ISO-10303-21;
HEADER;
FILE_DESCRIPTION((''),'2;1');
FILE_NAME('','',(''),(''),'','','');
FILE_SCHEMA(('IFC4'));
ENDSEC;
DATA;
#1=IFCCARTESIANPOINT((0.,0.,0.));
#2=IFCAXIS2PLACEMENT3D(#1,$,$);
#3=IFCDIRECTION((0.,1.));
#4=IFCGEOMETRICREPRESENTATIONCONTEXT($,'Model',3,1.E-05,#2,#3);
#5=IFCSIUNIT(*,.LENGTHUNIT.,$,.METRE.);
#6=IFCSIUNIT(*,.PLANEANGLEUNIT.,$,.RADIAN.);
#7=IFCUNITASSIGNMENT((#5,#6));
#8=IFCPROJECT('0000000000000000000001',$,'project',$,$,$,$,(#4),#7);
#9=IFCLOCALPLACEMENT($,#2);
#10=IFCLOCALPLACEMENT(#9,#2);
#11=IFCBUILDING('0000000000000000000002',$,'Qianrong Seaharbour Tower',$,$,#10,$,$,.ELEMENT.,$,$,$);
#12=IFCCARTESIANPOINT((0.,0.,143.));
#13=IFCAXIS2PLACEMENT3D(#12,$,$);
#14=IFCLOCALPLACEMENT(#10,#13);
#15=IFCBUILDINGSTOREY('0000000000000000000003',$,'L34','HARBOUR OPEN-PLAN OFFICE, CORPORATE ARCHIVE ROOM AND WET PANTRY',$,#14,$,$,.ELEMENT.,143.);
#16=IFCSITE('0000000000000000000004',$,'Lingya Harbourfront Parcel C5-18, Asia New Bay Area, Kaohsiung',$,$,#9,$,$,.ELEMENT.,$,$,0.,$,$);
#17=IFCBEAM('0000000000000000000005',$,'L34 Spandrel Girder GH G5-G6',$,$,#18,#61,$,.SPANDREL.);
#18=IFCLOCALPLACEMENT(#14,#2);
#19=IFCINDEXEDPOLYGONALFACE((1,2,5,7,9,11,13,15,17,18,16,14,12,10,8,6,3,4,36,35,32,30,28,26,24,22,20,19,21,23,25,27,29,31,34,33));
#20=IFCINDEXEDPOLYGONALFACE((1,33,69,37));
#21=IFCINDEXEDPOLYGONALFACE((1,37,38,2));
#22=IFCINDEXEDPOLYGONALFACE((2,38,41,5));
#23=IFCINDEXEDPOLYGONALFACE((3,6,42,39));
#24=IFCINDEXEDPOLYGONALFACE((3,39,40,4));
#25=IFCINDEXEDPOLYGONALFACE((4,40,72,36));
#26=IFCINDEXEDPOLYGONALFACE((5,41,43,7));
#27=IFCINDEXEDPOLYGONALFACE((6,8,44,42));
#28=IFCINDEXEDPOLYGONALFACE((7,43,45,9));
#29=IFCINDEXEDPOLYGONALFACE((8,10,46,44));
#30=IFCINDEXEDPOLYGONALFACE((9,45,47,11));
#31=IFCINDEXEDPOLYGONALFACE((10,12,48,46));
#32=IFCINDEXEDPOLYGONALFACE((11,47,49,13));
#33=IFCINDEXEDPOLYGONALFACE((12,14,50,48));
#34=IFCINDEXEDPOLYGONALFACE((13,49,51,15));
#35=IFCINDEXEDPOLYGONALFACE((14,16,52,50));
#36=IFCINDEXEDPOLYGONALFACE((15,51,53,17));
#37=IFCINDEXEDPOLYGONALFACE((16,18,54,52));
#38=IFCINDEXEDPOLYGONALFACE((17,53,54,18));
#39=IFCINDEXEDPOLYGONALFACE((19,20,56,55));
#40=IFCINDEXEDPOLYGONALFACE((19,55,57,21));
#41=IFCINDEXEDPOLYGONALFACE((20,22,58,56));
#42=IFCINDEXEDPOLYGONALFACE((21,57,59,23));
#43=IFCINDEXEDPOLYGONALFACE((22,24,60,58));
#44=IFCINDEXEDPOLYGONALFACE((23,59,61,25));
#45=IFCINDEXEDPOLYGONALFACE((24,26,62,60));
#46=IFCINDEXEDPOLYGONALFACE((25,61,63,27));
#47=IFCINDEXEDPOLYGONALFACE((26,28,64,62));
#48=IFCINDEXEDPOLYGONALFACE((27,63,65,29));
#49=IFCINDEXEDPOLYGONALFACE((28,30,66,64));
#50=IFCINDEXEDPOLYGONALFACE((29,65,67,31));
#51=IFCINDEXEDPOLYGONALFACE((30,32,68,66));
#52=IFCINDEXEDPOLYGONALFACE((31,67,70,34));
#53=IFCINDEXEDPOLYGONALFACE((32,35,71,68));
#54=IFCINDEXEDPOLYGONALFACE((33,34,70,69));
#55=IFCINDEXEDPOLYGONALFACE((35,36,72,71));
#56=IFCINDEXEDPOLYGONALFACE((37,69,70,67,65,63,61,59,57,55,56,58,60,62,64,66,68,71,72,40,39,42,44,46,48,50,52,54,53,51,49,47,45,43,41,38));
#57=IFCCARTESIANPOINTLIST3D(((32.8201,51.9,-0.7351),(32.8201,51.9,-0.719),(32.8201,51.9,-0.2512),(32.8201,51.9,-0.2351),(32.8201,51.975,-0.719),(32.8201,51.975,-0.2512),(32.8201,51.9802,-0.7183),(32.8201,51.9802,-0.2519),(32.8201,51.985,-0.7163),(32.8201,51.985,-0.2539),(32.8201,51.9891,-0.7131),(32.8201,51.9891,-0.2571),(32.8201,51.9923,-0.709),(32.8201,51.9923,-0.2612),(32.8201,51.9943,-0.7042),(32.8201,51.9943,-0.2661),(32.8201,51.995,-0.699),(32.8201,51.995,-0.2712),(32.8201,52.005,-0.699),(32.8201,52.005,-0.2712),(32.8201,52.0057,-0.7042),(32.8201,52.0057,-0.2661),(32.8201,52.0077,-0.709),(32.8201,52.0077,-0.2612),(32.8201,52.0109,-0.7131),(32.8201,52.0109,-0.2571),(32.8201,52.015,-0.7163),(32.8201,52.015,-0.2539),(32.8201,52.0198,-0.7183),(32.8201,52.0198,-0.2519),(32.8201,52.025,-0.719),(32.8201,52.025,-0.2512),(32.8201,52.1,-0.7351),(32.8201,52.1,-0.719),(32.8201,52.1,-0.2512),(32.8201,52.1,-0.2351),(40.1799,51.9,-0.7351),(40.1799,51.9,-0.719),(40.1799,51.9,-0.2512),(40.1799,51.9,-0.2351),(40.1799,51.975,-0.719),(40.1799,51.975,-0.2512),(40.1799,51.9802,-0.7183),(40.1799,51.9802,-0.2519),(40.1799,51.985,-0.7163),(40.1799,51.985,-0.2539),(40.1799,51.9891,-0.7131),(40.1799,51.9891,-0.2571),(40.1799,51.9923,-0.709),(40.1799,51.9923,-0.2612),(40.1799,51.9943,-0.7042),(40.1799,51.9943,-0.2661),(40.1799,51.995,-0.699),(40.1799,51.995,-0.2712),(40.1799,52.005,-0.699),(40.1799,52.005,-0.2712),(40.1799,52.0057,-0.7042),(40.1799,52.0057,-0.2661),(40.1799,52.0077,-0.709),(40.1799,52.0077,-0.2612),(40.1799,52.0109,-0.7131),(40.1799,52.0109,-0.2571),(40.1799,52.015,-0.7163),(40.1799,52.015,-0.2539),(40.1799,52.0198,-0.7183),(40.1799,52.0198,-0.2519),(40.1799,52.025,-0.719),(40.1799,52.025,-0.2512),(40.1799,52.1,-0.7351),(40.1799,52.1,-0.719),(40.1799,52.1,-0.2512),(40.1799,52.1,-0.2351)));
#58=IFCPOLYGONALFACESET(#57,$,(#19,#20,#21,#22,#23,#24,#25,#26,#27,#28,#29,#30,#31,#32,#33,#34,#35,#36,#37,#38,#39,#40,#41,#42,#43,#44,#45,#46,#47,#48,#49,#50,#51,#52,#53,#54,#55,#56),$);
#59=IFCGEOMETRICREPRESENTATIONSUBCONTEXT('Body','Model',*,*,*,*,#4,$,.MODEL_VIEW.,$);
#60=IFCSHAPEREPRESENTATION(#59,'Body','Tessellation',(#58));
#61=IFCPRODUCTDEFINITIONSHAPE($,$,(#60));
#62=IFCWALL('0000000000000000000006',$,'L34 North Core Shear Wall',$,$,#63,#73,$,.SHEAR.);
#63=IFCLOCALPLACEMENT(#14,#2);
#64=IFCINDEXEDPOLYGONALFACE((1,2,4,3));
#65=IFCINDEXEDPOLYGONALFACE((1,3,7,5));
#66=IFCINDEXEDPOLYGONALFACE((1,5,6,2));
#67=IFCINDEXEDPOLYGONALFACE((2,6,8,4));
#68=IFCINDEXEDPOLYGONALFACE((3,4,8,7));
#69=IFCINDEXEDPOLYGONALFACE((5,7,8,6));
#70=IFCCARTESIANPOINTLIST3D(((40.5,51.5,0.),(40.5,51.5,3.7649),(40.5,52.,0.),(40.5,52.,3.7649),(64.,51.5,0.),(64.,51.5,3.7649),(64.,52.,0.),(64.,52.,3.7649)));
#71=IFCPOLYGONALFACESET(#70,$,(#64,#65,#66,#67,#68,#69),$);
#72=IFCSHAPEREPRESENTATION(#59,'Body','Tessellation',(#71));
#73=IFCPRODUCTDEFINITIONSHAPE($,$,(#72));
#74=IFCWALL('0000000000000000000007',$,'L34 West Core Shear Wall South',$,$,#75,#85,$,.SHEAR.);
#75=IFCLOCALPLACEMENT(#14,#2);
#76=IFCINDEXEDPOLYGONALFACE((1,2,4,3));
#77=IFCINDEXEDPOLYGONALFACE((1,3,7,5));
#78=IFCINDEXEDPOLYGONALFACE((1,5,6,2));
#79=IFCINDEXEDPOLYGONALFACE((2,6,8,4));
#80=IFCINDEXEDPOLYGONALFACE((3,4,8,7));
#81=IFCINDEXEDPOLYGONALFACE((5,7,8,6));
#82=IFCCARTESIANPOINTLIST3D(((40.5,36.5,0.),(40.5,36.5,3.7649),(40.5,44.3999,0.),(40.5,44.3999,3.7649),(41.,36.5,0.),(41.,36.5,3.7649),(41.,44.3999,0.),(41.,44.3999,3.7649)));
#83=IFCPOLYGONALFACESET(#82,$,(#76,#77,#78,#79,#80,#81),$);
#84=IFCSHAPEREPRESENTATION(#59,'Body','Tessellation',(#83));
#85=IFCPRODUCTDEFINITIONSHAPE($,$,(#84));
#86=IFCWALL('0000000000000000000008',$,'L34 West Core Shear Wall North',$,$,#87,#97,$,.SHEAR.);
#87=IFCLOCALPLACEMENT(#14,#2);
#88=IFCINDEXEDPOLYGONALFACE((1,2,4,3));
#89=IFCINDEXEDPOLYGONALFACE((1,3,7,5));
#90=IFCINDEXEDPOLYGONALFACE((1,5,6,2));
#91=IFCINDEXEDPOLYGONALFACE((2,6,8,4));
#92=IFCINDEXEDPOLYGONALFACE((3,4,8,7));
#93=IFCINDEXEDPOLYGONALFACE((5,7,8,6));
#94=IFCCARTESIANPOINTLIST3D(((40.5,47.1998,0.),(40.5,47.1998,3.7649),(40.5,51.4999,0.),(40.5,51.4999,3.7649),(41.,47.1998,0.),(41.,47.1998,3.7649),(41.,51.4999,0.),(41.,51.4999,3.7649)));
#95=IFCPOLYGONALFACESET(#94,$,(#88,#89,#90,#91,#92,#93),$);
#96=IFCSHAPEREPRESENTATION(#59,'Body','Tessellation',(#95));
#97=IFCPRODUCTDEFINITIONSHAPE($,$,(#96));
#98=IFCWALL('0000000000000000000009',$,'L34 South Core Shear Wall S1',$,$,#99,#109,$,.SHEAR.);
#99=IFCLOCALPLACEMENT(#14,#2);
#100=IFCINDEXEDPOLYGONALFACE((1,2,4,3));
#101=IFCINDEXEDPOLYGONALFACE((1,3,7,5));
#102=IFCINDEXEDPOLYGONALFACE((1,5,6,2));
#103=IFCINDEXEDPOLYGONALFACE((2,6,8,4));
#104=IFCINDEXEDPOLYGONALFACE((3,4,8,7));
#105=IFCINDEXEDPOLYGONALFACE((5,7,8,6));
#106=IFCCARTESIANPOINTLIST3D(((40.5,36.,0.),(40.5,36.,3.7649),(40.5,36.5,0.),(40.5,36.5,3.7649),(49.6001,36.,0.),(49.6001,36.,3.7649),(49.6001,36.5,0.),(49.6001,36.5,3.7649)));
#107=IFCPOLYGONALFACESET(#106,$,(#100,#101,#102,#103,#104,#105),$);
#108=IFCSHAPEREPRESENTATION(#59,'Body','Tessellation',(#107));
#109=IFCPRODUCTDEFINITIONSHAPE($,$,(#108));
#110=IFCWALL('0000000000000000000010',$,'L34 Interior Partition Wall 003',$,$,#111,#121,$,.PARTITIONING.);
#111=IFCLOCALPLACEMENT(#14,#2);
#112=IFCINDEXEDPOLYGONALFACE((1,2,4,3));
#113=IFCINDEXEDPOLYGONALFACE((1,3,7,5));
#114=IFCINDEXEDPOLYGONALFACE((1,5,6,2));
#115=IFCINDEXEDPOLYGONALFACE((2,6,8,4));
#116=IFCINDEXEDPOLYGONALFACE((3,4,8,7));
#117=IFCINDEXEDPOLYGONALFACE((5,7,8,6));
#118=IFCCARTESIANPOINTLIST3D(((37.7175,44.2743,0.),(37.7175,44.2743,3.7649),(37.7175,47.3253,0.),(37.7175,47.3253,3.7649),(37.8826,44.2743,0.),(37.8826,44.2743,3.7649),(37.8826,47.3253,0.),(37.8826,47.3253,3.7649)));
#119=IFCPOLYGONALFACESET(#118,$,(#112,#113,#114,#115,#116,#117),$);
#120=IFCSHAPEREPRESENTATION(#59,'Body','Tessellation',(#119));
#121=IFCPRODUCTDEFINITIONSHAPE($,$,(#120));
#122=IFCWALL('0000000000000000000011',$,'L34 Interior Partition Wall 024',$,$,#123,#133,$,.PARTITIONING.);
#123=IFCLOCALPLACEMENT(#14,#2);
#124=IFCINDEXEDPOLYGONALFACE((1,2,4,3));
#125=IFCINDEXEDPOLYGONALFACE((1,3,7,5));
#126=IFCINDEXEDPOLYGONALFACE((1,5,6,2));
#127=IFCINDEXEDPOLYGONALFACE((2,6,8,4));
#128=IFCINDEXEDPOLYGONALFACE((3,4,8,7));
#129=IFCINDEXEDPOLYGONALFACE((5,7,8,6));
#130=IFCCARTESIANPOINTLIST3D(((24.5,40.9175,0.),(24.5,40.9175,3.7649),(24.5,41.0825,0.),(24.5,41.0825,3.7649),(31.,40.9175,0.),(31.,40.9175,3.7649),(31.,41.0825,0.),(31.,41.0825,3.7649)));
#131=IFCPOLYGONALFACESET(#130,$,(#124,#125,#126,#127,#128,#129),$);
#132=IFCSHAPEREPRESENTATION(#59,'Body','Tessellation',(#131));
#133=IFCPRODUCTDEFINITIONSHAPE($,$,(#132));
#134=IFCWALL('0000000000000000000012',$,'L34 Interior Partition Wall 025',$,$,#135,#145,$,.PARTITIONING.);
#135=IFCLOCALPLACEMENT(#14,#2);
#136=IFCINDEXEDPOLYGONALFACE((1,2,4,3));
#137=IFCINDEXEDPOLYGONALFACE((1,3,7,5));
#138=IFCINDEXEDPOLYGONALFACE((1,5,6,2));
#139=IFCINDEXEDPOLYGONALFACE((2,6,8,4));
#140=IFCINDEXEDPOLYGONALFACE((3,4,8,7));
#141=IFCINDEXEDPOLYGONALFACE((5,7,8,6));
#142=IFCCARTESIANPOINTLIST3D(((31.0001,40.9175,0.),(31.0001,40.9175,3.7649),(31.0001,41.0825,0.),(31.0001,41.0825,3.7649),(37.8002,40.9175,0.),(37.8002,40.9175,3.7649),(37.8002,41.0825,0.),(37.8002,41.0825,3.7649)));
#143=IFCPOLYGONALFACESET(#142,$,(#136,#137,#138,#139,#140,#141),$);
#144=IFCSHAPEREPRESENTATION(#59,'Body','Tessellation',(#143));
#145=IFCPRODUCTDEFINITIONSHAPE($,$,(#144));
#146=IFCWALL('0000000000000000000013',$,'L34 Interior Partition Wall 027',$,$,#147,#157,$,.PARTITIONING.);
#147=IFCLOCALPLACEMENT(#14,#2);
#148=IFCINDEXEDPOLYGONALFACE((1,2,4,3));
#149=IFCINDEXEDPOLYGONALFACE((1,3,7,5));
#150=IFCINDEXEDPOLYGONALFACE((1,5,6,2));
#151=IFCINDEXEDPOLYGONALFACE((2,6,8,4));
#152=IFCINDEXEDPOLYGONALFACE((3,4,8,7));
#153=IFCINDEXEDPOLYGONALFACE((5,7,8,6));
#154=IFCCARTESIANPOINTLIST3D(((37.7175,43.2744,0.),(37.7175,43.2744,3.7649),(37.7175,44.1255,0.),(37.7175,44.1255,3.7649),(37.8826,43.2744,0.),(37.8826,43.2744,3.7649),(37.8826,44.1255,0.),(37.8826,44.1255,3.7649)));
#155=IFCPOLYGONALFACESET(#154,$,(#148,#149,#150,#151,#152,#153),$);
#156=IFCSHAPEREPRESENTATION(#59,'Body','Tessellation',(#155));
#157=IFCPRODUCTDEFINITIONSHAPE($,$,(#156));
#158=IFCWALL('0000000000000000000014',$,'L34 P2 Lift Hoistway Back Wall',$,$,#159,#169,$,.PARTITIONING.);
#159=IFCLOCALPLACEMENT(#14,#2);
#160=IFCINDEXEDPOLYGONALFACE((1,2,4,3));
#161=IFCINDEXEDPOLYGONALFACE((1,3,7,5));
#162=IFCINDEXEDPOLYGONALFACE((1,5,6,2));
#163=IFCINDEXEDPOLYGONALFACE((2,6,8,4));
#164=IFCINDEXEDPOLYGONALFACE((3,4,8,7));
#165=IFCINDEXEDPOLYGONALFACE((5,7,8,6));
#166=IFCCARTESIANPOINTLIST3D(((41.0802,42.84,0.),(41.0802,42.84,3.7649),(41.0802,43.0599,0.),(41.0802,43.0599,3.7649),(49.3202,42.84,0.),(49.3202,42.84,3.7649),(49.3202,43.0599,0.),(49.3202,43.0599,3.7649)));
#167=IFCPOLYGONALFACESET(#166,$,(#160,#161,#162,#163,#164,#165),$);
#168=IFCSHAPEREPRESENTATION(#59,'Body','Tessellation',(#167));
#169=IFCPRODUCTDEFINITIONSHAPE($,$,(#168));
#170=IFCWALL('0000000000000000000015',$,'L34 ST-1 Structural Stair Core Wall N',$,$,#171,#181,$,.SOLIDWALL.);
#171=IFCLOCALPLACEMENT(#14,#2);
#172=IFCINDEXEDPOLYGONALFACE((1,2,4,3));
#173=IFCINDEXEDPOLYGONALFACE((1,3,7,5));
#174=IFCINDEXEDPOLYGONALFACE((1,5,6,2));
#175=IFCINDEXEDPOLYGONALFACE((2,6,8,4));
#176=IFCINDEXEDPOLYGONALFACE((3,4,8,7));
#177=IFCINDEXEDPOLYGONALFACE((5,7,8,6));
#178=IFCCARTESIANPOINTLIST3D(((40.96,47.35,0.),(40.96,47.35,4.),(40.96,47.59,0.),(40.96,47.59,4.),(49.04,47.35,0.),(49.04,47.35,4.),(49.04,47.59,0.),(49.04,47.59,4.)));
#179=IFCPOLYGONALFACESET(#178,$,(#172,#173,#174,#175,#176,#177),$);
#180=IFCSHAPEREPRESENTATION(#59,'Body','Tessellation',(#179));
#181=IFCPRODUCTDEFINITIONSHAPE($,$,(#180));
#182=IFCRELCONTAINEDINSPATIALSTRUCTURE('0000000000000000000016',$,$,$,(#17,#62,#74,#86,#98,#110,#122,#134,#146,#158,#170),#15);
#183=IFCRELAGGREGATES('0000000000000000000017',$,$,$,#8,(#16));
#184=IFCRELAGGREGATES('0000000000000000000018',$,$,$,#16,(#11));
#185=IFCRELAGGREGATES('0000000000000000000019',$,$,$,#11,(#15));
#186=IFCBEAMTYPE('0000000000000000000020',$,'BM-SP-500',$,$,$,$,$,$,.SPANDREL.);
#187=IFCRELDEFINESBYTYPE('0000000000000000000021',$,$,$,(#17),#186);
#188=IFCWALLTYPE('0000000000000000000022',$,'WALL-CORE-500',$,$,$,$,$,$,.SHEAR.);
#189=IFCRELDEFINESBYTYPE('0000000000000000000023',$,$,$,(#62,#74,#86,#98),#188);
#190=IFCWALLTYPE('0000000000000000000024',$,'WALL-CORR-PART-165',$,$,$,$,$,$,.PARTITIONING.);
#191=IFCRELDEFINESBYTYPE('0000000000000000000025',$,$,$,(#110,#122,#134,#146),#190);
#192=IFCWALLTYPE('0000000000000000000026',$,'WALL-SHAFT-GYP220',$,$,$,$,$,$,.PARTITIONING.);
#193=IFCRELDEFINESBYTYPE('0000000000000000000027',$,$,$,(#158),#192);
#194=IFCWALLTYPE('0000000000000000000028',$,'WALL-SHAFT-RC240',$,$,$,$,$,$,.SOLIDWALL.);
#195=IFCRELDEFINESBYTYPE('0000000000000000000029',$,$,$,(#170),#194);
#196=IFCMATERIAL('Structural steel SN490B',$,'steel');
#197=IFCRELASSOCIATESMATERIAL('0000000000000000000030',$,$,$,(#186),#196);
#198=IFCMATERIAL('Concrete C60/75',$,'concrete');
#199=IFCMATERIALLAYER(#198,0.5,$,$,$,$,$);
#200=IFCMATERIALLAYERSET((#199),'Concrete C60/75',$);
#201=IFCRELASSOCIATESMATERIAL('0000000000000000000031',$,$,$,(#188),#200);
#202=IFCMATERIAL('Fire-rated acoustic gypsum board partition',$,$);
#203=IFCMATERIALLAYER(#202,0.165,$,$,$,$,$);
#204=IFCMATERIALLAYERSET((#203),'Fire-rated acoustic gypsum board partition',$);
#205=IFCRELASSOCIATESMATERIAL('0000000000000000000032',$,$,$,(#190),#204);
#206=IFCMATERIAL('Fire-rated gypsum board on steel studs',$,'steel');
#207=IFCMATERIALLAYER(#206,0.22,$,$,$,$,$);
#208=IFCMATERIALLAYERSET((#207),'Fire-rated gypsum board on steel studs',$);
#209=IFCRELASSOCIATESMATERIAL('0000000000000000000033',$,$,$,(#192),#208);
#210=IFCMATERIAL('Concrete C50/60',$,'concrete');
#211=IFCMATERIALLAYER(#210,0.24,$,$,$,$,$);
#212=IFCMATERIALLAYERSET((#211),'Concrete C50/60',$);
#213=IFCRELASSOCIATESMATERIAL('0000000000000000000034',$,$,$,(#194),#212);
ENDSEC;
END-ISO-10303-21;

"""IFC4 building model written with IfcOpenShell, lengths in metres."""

from ifc_helpers import new_model, si_unit, direction, frame, frame_2d, origin, origin_2d, place, context, subcontext, project, spatial, rectangle, i_section, extrude, material, layer, layer_set, material_profile, profile_set, type_object, element, save


model = new_model("IFC4")

# Units and contexts
model_context = context("Model", 3, precision=1e-05, world=origin(), true_north=direction((0.0, 1.0)))
body_context = subcontext(model_context, "Body", "Model", "MODEL_VIEW")
ifc_project = project(units=[si_unit("LENGTHUNIT", "METRE"), si_unit("PLANEANGLEUNIT", "RADIAN")], contexts=[model_context])

# Site, building, storey
site_placement = place(None, origin())
site = spatial("IfcSite", under=ifc_project, at=site_placement, Name="Lingya Harbourfront Parcel C5-18, Asia New Bay Area, Kaohsiung", CompositionType="ELEMENT", RefElevation=0.0)
building_placement = place(site_placement, origin())
building = spatial("IfcBuilding", under=site, at=building_placement, Name="Qianrong Seaharbour Tower", CompositionType="ELEMENT")
storey_placement = place(building_placement, frame((0.0, 0.0, 143.0)))
storey = spatial("IfcBuildingStorey", under=building, at=storey_placement, Name="L34", Description="HARBOUR OPEN-PLAN OFFICE, CORPORATE ARCHIVE ROOM AND WET PANTRY", CompositionType="ELEMENT", Elevation=143.0)

# Shared definitions
ifc_material_1 = material(Name="Structural steel SN490B", Category="steel")

# Beam
ifc_material_profile_1 = material_profile(ifc_material_1, i_section(OverallWidth=0.2, OverallDepth=0.5, WebThickness=0.01, FlangeThickness=0.0161, FilletRadius=0.02, at=origin_2d()), Name="H500x200x10x16")
ifc_profile_set_1 = profile_set([ifc_material_profile_1], Name="Structural steel SN490B")
beam_type_1 = type_object("IfcBeamType", Name="BM-SP-500", PredefinedType="SPANDREL", material=ifc_profile_set_1)
beam_1_placement = place(storey_placement, frame((32.8201, 52.0, -0.4851), z_axis=(1.0, 0.0, 0.0), x_axis=(0.0, 1.0, 0.0)))
element("IfcBeam", 1, at=beam_1_placement, inside=storey, type_object=beam_type_1, Name="L34 Spandrel Girder GH G5-G6", PredefinedType="SPANDREL", context=body_context, shape_type="SweptSolid", body=[
    extrude(i_section(OverallWidth=0.2, OverallDepth=0.5, WebThickness=0.01, FlangeThickness=0.0161, FilletRadius=0.02, at=origin_2d()), origin(), (0.0, 0.0, 1.0), 7.3599),
])

# Walls
ifc_material_2 = material(Name="Concrete C60/75", Category="concrete")
ifc_layer_1 = layer(ifc_material_2, 0.5)
ifc_layer_set_1 = layer_set([ifc_layer_1], Name="Concrete C60/75")
wall_type_1 = type_object("IfcWallType", Name="WALL-CORE-500", PredefinedType="SHEAR", material=ifc_layer_set_1)
wall_1_placement = place(storey_placement, frame((40.5, 51.75, 0.0), z_axis=(0.0, 0.0, 1.0), x_axis=(1.0, 0.0, 0.0)))
element("IfcWall", 2, at=wall_1_placement, inside=storey, type_object=wall_type_1, Name="L34 North Core Shear Wall", PredefinedType="SHEAR", context=body_context, shape_type="SweptSolid", body=[
    extrude(rectangle(XDim=23.5, YDim=0.5, at=frame_2d((11.75, 0.0))), origin(), (0.0, 0.0, 1.0), 3.7649),
])
wall_2_placement = place(storey_placement, frame((40.75, 36.5, 0.0), z_axis=(0.0, 0.0, 1.0), x_axis=(0.0, 1.0, 0.0)))
element("IfcWall", 3, at=wall_2_placement, inside=storey, type_object=wall_type_1, Name="L34 West Core Shear Wall South", PredefinedType="SHEAR", context=body_context, shape_type="SweptSolid", body=[
    extrude(rectangle(XDim=7.8999, YDim=0.5, at=frame_2d((3.95, 0.0))), origin(), (0.0, 0.0, 1.0), 3.7649),
])
wall_3_placement = place(storey_placement, frame((40.75, 47.2, 0.0), z_axis=(0.0, 0.0, 1.0), x_axis=(0.0, 1.0, 0.0)))
element("IfcWall", 4, at=wall_3_placement, inside=storey, type_object=wall_type_1, Name="L34 West Core Shear Wall North", PredefinedType="SHEAR", context=body_context, shape_type="SweptSolid", body=[
    extrude(rectangle(XDim=4.3, YDim=0.5, at=frame_2d((2.1499, 0.0))), origin(), (0.0, 0.0, 1.0), 3.7649),
])
wall_4_placement = place(storey_placement, frame((40.5, 36.25, 0.0), z_axis=(0.0, 0.0, 1.0), x_axis=(1.0, 0.0, 0.0)))
element("IfcWall", 5, at=wall_4_placement, inside=storey, type_object=wall_type_1, Name="L34 South Core Shear Wall S1", PredefinedType="SHEAR", context=body_context, shape_type="SweptSolid", body=[
    extrude(rectangle(XDim=9.1001, YDim=0.5, at=frame_2d((4.55, 0.0))), origin(), (0.0, 0.0, 1.0), 3.7649),
])

# Shared definitions
ifc_material_3 = material(Name="Fire-rated acoustic gypsum board partition")
ifc_layer_2 = layer(ifc_material_3, 0.165)
ifc_layer_set_2 = layer_set([ifc_layer_2], Name="Fire-rated acoustic gypsum board partition")
wall_type_2 = type_object("IfcWallType", Name="WALL-CORR-PART-165", PredefinedType="PARTITIONING", material=ifc_layer_set_2)

# Walls
wall_5_placement = place(storey_placement, frame((37.8, 44.2744, 0.0), z_axis=(0.0, 0.0, 1.0), x_axis=(0.0, 1.0, 0.0)))
element("IfcWall", 6, at=wall_5_placement, inside=storey, type_object=wall_type_2, Name="L34 Interior Partition Wall 003", PredefinedType="PARTITIONING", context=body_context, shape_type="SweptSolid", body=[
    extrude(rectangle(XDim=3.051, YDim=0.165, at=frame_2d((1.5254, 0.0))), origin(), (0.0, 0.0, 1.0), 3.7649),
])
wall_6_placement = place(storey_placement, frame((31.0, 41.0, 0.0), z_axis=(0.0, 0.0, 1.0), x_axis=(-1.0, 0.0, 0.0)))
element("IfcWall", 7, at=wall_6_placement, inside=storey, type_object=wall_type_2, Name="L34 Interior Partition Wall 024", PredefinedType="PARTITIONING", context=body_context, shape_type="SweptSolid", body=[
    extrude(rectangle(XDim=6.5, YDim=0.165, at=frame_2d((3.25, 0.0))), origin(), (0.0, 0.0, 1.0), 3.7649),
])
wall_7_placement = place(storey_placement, frame((37.8, 41.0, 0.0), z_axis=(0.0, 0.0, 1.0), x_axis=(-1.0, 0.0, 0.0)))
element("IfcWall", 8, at=wall_7_placement, inside=storey, type_object=wall_type_2, Name="L34 Interior Partition Wall 025", PredefinedType="PARTITIONING", context=body_context, shape_type="SweptSolid", body=[
    extrude(rectangle(XDim=6.8, YDim=0.165, at=frame_2d((3.3999, 0.0))), origin(), (0.0, 0.0, 1.0), 3.7649),
])
wall_8_placement = place(storey_placement, frame((37.8, 43.2744, 0.0), z_axis=(0.0, 0.0, 1.0), x_axis=(0.0, 1.0, 0.0)))
element("IfcWall", 9, at=wall_8_placement, inside=storey, type_object=wall_type_2, Name="L34 Interior Partition Wall 027", PredefinedType="PARTITIONING", context=body_context, shape_type="SweptSolid", body=[
    extrude(rectangle(XDim=0.8511, YDim=0.165, at=frame_2d((0.4255, 0.0))), origin(), (0.0, 0.0, 1.0), 3.7649),
])
ifc_material_4 = material(Name="Fire-rated gypsum board on steel studs", Category="steel")
ifc_layer_3 = layer(ifc_material_4, 0.22)
ifc_layer_set_3 = layer_set([ifc_layer_3], Name="Fire-rated gypsum board on steel studs")
wall_type_3 = type_object("IfcWallType", Name="WALL-SHAFT-GYP220", PredefinedType="PARTITIONING", material=ifc_layer_set_3)
wall_9_placement = place(storey_placement, frame((41.0801, 42.95, 0.0), z_axis=(0.0, 0.0, 1.0), x_axis=(1.0, 0.0, 0.0)))
element("IfcWall", 10, at=wall_9_placement, inside=storey, type_object=wall_type_3, Name="L34 P2 Lift Hoistway Back Wall", PredefinedType="PARTITIONING", context=body_context, shape_type="SweptSolid", body=[
    extrude(rectangle(XDim=8.24, YDim=0.22, at=frame_2d((4.1201, 0.0))), origin(), (0.0, 0.0, 1.0), 3.7649),
])
ifc_material_5 = material(Name="Concrete C50/60", Category="concrete")
ifc_layer_4 = layer(ifc_material_5, 0.24)
ifc_layer_set_4 = layer_set([ifc_layer_4], Name="Concrete C50/60")
wall_type_4 = type_object("IfcWallType", Name="WALL-SHAFT-RC240", PredefinedType="SOLIDWALL", material=ifc_layer_set_4)
wall_10_placement = place(storey_placement, frame((40.96, 47.47, 0.0), z_axis=(0.0, 0.0, 1.0), x_axis=(1.0, 0.0, 0.0)))
element("IfcWall", 11, at=wall_10_placement, inside=storey, type_object=wall_type_4, Name="L34 ST-1 Structural Stair Core Wall N", PredefinedType="SOLIDWALL", context=body_context, shape_type="SweptSolid", body=[
    extrude(rectangle(XDim=8.0801, YDim=0.24, at=frame_2d((4.04, 0.0))), origin(), (0.0, 0.0, 1.0), 4.0),
])

save(model, "model.ifc")
